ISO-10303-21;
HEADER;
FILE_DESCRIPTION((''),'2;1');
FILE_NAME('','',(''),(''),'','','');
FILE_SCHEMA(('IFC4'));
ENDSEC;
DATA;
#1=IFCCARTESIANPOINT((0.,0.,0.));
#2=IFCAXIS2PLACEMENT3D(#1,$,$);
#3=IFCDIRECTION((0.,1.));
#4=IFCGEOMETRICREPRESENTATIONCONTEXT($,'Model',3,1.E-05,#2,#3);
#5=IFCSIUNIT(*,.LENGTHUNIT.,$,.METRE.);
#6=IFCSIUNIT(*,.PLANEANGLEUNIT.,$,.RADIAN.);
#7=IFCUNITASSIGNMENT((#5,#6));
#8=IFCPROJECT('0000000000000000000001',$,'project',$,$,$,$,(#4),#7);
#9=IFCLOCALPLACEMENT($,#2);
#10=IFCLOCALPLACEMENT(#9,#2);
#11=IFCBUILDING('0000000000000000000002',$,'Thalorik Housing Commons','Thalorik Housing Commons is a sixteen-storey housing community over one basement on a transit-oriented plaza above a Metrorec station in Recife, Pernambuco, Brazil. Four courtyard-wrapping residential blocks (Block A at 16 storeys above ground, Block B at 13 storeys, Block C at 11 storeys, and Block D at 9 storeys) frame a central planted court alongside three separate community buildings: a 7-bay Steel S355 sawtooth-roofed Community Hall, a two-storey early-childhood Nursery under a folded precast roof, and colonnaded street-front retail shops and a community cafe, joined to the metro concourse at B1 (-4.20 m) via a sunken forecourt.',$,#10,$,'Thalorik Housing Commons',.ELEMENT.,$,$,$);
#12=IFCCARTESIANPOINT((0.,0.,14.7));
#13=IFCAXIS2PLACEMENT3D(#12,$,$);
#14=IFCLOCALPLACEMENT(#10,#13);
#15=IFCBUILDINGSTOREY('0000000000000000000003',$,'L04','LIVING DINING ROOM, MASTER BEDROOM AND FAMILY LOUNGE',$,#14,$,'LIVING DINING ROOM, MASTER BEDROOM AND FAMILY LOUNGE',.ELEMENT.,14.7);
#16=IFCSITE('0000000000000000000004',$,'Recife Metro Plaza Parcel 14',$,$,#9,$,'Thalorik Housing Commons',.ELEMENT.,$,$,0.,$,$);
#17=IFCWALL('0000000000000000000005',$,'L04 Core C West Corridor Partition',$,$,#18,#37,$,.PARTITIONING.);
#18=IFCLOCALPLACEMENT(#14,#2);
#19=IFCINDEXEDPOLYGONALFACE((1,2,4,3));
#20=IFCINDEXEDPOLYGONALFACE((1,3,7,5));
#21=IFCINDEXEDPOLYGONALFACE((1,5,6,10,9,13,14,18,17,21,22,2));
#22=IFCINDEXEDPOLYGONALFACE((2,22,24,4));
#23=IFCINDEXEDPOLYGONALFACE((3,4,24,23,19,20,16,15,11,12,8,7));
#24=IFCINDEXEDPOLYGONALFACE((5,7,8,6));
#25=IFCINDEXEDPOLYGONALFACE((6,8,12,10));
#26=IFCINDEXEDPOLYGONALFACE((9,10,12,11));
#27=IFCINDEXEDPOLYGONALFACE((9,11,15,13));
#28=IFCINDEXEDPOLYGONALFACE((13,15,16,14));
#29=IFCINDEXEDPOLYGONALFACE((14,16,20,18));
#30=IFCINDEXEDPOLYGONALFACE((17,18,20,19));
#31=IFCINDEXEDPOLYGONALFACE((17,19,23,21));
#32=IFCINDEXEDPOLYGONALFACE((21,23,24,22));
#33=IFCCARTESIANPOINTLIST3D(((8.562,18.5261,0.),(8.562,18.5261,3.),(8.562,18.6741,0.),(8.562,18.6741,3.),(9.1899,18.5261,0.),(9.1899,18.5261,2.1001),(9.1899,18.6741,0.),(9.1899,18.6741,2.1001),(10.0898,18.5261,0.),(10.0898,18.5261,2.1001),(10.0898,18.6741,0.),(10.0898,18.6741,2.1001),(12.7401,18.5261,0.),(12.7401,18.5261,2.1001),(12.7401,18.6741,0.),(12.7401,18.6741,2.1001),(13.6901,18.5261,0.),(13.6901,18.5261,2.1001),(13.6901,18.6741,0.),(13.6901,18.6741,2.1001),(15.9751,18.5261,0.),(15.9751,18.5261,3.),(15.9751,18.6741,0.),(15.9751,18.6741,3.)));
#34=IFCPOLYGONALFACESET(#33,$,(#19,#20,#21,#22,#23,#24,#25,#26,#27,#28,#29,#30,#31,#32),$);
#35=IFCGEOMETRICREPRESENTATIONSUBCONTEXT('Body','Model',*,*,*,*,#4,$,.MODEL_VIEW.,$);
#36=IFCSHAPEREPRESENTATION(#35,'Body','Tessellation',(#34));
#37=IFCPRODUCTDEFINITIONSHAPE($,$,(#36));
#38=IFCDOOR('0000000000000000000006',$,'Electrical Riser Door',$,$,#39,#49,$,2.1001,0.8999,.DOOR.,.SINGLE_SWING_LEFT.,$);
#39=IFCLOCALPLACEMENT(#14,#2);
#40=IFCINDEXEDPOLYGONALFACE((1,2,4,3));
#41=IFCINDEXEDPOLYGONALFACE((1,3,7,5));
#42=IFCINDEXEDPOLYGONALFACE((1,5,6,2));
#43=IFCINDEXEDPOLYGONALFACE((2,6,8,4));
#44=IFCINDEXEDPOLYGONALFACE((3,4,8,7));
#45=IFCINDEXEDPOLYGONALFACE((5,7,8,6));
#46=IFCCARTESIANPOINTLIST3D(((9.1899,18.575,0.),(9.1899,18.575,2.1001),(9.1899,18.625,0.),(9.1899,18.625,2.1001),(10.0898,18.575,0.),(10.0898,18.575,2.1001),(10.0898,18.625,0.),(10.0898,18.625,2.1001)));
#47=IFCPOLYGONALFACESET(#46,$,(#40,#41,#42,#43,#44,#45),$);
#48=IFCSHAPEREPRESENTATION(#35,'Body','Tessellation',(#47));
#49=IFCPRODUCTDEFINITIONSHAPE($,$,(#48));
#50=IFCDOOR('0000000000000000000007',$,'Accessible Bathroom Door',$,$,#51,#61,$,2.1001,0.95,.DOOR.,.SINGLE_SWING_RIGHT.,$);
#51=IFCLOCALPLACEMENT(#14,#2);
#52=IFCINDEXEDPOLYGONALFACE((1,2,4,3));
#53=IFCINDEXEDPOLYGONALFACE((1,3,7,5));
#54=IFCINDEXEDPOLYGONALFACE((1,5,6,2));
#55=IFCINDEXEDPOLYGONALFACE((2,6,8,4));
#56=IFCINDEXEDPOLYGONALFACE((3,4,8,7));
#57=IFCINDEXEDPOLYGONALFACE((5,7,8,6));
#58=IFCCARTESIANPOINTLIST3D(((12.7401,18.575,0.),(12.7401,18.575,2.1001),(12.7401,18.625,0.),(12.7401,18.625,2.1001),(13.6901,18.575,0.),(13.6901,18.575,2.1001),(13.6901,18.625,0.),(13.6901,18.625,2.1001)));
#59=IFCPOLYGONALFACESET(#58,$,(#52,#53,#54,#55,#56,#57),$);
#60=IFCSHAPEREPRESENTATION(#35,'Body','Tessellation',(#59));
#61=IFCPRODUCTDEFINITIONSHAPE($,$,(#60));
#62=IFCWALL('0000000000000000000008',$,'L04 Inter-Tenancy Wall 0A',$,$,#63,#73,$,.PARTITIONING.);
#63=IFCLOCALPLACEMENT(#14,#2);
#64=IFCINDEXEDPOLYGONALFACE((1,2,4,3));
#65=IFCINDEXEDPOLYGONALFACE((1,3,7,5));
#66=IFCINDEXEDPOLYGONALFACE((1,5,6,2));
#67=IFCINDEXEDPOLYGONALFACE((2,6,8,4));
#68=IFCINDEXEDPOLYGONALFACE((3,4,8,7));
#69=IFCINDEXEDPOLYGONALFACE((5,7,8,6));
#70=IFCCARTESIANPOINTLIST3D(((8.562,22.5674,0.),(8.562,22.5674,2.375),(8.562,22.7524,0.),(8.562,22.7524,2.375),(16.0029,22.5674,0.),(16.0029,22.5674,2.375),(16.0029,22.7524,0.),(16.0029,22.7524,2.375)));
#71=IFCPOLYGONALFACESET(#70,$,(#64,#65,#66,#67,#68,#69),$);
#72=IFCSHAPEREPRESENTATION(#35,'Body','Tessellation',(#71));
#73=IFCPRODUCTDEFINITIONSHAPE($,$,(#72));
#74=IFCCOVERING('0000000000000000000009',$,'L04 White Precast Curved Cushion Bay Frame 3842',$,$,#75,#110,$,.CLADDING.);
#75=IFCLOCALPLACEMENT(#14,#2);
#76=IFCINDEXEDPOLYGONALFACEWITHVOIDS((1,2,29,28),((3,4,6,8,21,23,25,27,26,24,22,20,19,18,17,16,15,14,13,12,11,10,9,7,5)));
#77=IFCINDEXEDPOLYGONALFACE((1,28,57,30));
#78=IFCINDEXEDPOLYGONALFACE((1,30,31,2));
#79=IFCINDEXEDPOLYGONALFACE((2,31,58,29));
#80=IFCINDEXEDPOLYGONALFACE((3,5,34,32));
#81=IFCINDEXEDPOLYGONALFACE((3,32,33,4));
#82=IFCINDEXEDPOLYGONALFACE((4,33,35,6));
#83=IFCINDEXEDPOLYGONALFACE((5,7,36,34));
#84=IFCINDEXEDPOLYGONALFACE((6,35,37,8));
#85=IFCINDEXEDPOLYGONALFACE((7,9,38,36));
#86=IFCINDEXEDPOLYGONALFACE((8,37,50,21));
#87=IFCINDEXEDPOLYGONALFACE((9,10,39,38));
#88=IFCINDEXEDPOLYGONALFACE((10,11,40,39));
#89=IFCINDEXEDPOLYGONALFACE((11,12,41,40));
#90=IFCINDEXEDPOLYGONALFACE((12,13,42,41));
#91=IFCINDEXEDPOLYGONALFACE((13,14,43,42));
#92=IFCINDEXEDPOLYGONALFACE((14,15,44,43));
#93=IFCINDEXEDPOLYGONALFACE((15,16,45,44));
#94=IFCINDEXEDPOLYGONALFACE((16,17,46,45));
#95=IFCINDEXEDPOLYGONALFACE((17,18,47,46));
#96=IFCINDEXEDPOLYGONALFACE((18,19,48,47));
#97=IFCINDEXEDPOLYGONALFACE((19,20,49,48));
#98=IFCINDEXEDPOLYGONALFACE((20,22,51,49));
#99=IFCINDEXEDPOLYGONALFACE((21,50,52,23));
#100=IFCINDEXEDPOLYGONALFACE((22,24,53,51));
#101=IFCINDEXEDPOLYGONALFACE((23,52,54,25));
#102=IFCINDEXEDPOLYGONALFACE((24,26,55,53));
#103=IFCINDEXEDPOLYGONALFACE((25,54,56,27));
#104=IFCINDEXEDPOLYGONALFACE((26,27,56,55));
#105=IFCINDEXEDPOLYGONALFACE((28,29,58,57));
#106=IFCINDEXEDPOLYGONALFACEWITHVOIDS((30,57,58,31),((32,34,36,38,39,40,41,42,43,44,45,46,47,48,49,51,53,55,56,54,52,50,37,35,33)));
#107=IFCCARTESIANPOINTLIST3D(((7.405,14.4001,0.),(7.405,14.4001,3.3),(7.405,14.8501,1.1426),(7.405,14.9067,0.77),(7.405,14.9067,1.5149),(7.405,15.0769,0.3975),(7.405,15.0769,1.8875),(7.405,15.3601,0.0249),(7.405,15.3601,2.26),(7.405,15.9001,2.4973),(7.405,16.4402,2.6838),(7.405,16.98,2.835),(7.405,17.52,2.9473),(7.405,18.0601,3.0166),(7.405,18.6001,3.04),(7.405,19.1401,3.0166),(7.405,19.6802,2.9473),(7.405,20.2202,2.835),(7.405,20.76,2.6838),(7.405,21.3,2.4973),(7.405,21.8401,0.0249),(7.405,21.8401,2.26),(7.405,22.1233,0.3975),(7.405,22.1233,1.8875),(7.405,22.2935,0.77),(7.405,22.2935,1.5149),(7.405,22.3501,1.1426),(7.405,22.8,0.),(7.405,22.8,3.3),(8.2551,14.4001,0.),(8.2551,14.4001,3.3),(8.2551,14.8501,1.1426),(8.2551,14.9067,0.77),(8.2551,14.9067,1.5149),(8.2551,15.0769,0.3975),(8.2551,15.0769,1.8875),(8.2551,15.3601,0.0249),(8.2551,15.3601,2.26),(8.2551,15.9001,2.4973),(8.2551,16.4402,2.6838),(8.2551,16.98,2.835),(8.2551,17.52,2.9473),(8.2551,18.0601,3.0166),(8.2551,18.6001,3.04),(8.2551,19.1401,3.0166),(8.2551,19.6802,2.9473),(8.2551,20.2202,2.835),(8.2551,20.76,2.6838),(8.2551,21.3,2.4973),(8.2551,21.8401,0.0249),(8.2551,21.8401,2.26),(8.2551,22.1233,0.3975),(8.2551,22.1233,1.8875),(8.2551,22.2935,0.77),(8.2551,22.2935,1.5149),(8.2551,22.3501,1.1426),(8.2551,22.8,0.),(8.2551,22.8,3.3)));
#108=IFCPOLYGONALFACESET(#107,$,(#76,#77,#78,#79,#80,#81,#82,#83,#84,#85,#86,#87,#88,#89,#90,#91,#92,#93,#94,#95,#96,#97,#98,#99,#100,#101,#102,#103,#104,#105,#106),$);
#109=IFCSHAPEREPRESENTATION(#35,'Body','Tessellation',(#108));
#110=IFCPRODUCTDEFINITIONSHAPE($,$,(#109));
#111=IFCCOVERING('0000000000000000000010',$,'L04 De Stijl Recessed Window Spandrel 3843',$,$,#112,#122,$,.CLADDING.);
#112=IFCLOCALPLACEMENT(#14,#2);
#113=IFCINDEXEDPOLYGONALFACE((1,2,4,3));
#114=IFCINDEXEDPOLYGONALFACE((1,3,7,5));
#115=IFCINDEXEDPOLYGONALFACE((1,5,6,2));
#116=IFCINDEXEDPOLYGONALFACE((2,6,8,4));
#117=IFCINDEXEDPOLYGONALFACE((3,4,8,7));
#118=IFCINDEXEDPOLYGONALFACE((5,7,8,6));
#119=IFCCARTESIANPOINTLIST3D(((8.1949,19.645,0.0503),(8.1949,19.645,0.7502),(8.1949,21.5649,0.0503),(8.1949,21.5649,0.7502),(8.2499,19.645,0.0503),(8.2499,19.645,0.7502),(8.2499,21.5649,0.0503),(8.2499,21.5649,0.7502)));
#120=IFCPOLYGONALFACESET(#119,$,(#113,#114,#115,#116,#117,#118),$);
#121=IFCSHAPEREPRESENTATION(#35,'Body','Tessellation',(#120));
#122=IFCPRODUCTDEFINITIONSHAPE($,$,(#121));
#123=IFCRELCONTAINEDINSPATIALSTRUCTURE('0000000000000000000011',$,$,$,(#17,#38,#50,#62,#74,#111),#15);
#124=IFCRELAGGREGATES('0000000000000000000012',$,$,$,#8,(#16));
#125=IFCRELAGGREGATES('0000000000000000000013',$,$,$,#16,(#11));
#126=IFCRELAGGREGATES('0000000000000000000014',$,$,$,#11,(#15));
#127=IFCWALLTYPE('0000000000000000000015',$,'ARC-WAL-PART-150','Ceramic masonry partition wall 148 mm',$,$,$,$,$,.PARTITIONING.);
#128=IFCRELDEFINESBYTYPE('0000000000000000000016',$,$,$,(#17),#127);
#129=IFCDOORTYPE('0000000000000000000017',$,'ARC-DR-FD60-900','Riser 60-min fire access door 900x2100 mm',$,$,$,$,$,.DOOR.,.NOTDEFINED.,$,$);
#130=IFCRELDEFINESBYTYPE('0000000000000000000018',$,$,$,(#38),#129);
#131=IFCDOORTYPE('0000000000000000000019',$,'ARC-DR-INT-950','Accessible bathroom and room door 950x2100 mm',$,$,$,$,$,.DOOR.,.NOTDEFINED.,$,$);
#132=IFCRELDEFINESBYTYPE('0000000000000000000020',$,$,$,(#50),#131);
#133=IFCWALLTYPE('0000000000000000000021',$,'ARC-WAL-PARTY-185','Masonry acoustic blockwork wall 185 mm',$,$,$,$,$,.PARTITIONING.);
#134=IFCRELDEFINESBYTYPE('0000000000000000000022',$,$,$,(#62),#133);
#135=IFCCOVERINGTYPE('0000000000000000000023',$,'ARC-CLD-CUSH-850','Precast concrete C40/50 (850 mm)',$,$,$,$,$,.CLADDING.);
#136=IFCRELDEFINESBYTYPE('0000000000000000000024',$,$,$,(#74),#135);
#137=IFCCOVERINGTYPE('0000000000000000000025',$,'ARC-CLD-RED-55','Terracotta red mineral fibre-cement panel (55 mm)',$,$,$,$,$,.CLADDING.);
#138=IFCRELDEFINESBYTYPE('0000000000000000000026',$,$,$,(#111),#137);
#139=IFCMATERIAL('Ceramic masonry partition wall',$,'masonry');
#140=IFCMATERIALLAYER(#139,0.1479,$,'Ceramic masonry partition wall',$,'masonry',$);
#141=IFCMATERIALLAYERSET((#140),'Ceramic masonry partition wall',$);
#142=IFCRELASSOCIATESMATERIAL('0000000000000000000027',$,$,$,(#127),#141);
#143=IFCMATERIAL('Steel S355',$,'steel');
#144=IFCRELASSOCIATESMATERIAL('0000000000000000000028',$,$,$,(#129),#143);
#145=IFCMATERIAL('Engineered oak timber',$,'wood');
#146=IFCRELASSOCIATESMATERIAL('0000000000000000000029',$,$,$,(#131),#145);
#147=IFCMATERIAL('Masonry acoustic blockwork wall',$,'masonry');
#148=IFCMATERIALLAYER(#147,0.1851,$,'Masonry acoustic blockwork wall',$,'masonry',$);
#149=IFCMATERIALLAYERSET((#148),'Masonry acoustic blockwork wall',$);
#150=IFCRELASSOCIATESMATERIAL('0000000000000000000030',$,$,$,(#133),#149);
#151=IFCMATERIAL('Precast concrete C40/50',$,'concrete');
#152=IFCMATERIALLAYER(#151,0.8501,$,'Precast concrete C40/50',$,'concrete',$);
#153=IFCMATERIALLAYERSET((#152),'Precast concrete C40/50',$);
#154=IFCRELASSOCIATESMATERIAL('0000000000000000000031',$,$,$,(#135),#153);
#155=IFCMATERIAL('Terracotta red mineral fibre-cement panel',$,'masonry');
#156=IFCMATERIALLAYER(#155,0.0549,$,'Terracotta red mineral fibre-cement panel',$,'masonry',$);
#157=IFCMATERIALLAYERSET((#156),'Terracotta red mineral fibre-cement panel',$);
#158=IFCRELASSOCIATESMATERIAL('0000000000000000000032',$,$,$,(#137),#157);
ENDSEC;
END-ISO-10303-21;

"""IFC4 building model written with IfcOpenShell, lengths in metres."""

from ifc_helpers import new_model, si_unit, direction, frame, frame_2d, origin, origin_2d, place, context, subcontext, project, spatial, polyline, rectangle, outline, extrude, material, layer, layer_set, type_object, element, fill, save


model = new_model("IFC4")

# Units and contexts
model_context = context("Model", 3, precision=1e-05, world=origin(), true_north=direction((0.0, 1.0)))
body_context = subcontext(model_context, "Body", "Model", "MODEL_VIEW")
ifc_project = project(units=[si_unit("LENGTHUNIT", "METRE"), si_unit("PLANEANGLEUNIT", "RADIAN")], contexts=[model_context])

# Site, building, storey
site_placement = place(None, origin())
site = spatial("IfcSite", under=ifc_project, at=site_placement, Name="Recife Metro Plaza Parcel 14", LongName="Thalorik Housing Commons", CompositionType="ELEMENT", RefElevation=0.0)
building_placement = place(site_placement, origin())
building = spatial("IfcBuilding", under=site, at=building_placement, Name="Thalorik Housing Commons", Description="Thalorik Housing Commons is a sixteen-storey housing community over one basement on a transit-oriented plaza above a Metrorec station in Recife, Pernambuco, Brazil. Four courtyard-wrapping residential blocks (Block A at 16 storeys above ground, Block B at 13 storeys, Block C at 11 storeys, and Block D at 9 storeys) frame a central planted court alongside three separate community buildings: a 7-bay Steel S355 sawtooth-roofed Community Hall, a two-storey early-childhood Nursery under a folded precast roof, and colonnaded street-front retail shops and a community cafe, joined to the metro concourse at B1 (-4.20 m) via a sunken forecourt.", LongName="Thalorik Housing Commons", CompositionType="ELEMENT")
storey_placement = place(building_placement, frame((0.0, 0.0, 14.7)))
storey = spatial("IfcBuildingStorey", under=building, at=storey_placement, Name="L04", Description="LIVING DINING ROOM, MASTER BEDROOM AND FAMILY LOUNGE", LongName="LIVING DINING ROOM, MASTER BEDROOM AND FAMILY LOUNGE", CompositionType="ELEMENT", Elevation=14.7)

# Shared definitions
ifc_material_1 = material(Name="Precast concrete C40/50", Category="concrete")

# Shared definitions
ifc_material_2 = material(Name="Steel S355", Category="steel")

# Shared definitions
ifc_material_3 = material(Name="Ceramic masonry partition wall", Category="masonry")
ifc_layer_1 = layer(ifc_material_3, 0.1479, Name="Ceramic masonry partition wall", Category="masonry")
ifc_layer_set_1 = layer_set([ifc_layer_1], Name="Ceramic masonry partition wall")
wall_type_1 = type_object("IfcWallType", Name="ARC-WAL-PART-150", Description="Ceramic masonry partition wall 148 mm", PredefinedType="PARTITIONING", material=ifc_layer_set_1)

# Wall, openings, doors
wall_1_placement = place(storey_placement, frame((8.562, 18.6001, 0.0), z_axis=(0.0, 0.0, 1.0), x_axis=(1.0, 0.0, 0.0)))
wall_1 = element("IfcWall", 1, at=wall_1_placement, inside=storey, type_object=wall_type_1, Name="L04 Core C West Corridor Partition", PredefinedType="PARTITIONING", context=body_context, shape_type="SweptSolid", body=[
    extrude(rectangle(XDim=7.4131, YDim=0.1479, at=frame_2d((3.7065, 0.0))), origin(), (0.0, 0.0, 1.0), 3.0),
])
opening_1_placement = place(wall_1_placement, frame((0.6279, 0.0, 0.0)))
opening_1 = element("IfcOpeningElement", 2, at=opening_1_placement, cuts=wall_1, PredefinedType="OPENING", context=body_context, shape_type="SweptSolid", body=[
    extrude(rectangle(XDim=0.8999, YDim=2.1001, at=frame_2d((0.45, 1.05))), frame((0.0, 0.084, 0.0), z_axis=(0.0, -1.0, 0.0), x_axis=(1.0, 0.0, 0.0)), (0.0, 0.0, 1.0), 0.168),
])
opening_2_placement = place(wall_1_placement, frame((4.178, 0.0, 0.0)))
opening_2 = element("IfcOpeningElement", 3, at=opening_2_placement, cuts=wall_1, PredefinedType="OPENING", context=body_context, shape_type="SweptSolid", body=[
    extrude(rectangle(XDim=0.95, YDim=2.1001, at=frame_2d((0.4751, 1.05))), frame((0.0, 0.084, 0.0), z_axis=(0.0, -1.0, 0.0), x_axis=(1.0, 0.0, 0.0)), (0.0, 0.0, 1.0), 0.168),
])
door_type_1 = type_object("IfcDoorType", Name="ARC-DR-FD60-900", Description="Riser 60-min fire access door 900x2100 mm", OperationType="NOTDEFINED", PredefinedType="DOOR", material=ifc_material_2)
door_1_placement = place(opening_1_placement, origin())
door_1 = element("IfcDoor", 4, at=door_1_placement, inside=storey, type_object=door_type_1, Name="Electrical Riser Door", OperationType="SINGLE_SWING_LEFT", OverallHeight=2.1001, OverallWidth=0.8999, PredefinedType="DOOR", context=body_context, shape_type="SweptSolid", body=[
    extrude(rectangle(XDim=0.8999, YDim=2.1001, at=frame_2d((0.45, 1.05))), frame((0.0, 0.0249, 0.0), z_axis=(0.0, -1.0, 0.0), x_axis=(1.0, 0.0, 0.0)), (0.0, 0.0, 1.0), 0.05),
])
fill(opening_1, door_1)
ifc_material_4 = material(Name="Engineered oak timber", Category="wood")
door_type_2 = type_object("IfcDoorType", Name="ARC-DR-INT-950", Description="Accessible bathroom and room door 950x2100 mm", OperationType="NOTDEFINED", PredefinedType="DOOR", material=ifc_material_4)
door_2_placement = place(opening_2_placement, origin())
door_2 = element("IfcDoor", 5, at=door_2_placement, inside=storey, type_object=door_type_2, Name="Accessible Bathroom Door", OperationType="SINGLE_SWING_RIGHT", OverallHeight=2.1001, OverallWidth=0.95, PredefinedType="DOOR", context=body_context, shape_type="SweptSolid", body=[
    extrude(rectangle(XDim=0.95, YDim=2.1001, at=frame_2d((0.4751, 1.05))), frame((0.0, 0.0249, 0.0), z_axis=(0.0, -1.0, 0.0), x_axis=(1.0, 0.0, 0.0)), (0.0, 0.0, 1.0), 0.05),
])
fill(opening_2, door_2)

# Wall
ifc_material_5 = material(Name="Masonry acoustic blockwork wall", Category="masonry")
ifc_layer_2 = layer(ifc_material_5, 0.1851, Name="Masonry acoustic blockwork wall", Category="masonry")
ifc_layer_set_2 = layer_set([ifc_layer_2], Name="Masonry acoustic blockwork wall")
wall_type_2 = type_object("IfcWallType", Name="ARC-WAL-PARTY-185", Description="Masonry acoustic blockwork wall 185 mm", PredefinedType="PARTITIONING", material=ifc_layer_set_2)
wall_2_placement = place(storey_placement, frame((8.562, 22.6599, 0.0), z_axis=(0.0, 0.0, 1.0), x_axis=(1.0, 0.0, 0.0)))
element("IfcWall", 6, at=wall_2_placement, inside=storey, type_object=wall_type_2, Name="L04 Inter-Tenancy Wall 0A", PredefinedType="PARTITIONING", context=body_context, shape_type="SweptSolid", body=[
    extrude(rectangle(XDim=7.4409, YDim=0.1851, at=frame_2d((3.7205, 0.0))), origin(), (0.0, 0.0, 1.0), 2.375),
])

# Coverings
ifc_layer_3 = layer(ifc_material_1, 0.8501, Name="Precast concrete C40/50", Category="concrete")
ifc_layer_set_3 = layer_set([ifc_layer_3], Name="Precast concrete C40/50")
covering_type_1 = type_object("IfcCoveringType", Name="ARC-CLD-CUSH-850", Description="Precast concrete C40/50 (850 mm)", PredefinedType="CLADDING", material=ifc_layer_set_3)
covering_1_placement = place(storey_placement, frame((7.8301, 18.6001, 0.0), z_axis=(0.0, 0.0, 1.0), x_axis=(0.0, -1.0, 0.0)))
element("IfcCovering", 7, at=covering_1_placement, inside=storey, type_object=covering_type_1, Name="L04 White Precast Curved Cushion Bay Frame 3842", PredefinedType="CLADDING", context=body_context, shape_type="SweptSolid", body=[
    extrude(outline(polyline([(-4.2, 0.0), (4.2, 0.0), (4.2, 3.3), (-4.2, 3.3), (-4.2, 0.0)]), holes=[polyline([(3.24, 0.0249), (3.5232, 0.3975), (3.6934, 0.77), (3.75, 1.1426), (3.6934, 1.5149), (3.5232, 1.8875), (3.24, 2.26), (2.7, 2.4973), (2.1599, 2.6838), (1.6201, 2.835), (1.0801, 2.9473), (0.54, 3.0166), (0.0, 3.04), (-0.54, 3.0166), (-1.0801, 2.9473), (-1.6201, 2.835), (-2.1599, 2.6838), (-2.7, 2.4973), (-3.24, 2.26), (-3.5232, 1.8875), (-3.6934, 1.5149), (-3.75, 1.1426), (-3.6934, 0.77), (-3.5232, 0.3975), (-3.24, 0.0249), (3.24, 0.0249)])]), frame((0.0, 0.425, 0.0), z_axis=(0.0, -1.0, 0.0), x_axis=(1.0, 0.0, 0.0)), (0.0, 0.0, 1.0), 0.8501),
])
ifc_material_6 = material(Name="Terracotta red mineral fibre-cement panel", Category="masonry")
ifc_layer_4 = layer(ifc_material_6, 0.0549, Name="Terracotta red mineral fibre-cement panel", Category="masonry")
ifc_layer_set_4 = layer_set([ifc_layer_4], Name="Terracotta red mineral fibre-cement panel")
covering_type_2 = type_object("IfcCoveringType", Name="ARC-CLD-RED-55", Description="Terracotta red mineral fibre-cement panel (55 mm)", PredefinedType="CLADDING", material=ifc_layer_set_4)
covering_2_placement = place(storey_placement, frame((8.2224, 20.605, 0.0503), z_axis=(0.0, 0.0, 1.0), x_axis=(0.0, -1.0, 0.0)))
element("IfcCovering", 8, at=covering_2_placement, inside=storey, type_object=covering_type_2, Name="L04 De Stijl Recessed Window Spandrel 3843", PredefinedType="CLADDING", context=body_context, shape_type="SweptSolid", body=[
    extrude(rectangle(XDim=1.9199, YDim=0.0549, at=origin_2d()), origin(), (0.0, 0.0, 1.0), 0.7),
])

save(model, "model.ifc")
